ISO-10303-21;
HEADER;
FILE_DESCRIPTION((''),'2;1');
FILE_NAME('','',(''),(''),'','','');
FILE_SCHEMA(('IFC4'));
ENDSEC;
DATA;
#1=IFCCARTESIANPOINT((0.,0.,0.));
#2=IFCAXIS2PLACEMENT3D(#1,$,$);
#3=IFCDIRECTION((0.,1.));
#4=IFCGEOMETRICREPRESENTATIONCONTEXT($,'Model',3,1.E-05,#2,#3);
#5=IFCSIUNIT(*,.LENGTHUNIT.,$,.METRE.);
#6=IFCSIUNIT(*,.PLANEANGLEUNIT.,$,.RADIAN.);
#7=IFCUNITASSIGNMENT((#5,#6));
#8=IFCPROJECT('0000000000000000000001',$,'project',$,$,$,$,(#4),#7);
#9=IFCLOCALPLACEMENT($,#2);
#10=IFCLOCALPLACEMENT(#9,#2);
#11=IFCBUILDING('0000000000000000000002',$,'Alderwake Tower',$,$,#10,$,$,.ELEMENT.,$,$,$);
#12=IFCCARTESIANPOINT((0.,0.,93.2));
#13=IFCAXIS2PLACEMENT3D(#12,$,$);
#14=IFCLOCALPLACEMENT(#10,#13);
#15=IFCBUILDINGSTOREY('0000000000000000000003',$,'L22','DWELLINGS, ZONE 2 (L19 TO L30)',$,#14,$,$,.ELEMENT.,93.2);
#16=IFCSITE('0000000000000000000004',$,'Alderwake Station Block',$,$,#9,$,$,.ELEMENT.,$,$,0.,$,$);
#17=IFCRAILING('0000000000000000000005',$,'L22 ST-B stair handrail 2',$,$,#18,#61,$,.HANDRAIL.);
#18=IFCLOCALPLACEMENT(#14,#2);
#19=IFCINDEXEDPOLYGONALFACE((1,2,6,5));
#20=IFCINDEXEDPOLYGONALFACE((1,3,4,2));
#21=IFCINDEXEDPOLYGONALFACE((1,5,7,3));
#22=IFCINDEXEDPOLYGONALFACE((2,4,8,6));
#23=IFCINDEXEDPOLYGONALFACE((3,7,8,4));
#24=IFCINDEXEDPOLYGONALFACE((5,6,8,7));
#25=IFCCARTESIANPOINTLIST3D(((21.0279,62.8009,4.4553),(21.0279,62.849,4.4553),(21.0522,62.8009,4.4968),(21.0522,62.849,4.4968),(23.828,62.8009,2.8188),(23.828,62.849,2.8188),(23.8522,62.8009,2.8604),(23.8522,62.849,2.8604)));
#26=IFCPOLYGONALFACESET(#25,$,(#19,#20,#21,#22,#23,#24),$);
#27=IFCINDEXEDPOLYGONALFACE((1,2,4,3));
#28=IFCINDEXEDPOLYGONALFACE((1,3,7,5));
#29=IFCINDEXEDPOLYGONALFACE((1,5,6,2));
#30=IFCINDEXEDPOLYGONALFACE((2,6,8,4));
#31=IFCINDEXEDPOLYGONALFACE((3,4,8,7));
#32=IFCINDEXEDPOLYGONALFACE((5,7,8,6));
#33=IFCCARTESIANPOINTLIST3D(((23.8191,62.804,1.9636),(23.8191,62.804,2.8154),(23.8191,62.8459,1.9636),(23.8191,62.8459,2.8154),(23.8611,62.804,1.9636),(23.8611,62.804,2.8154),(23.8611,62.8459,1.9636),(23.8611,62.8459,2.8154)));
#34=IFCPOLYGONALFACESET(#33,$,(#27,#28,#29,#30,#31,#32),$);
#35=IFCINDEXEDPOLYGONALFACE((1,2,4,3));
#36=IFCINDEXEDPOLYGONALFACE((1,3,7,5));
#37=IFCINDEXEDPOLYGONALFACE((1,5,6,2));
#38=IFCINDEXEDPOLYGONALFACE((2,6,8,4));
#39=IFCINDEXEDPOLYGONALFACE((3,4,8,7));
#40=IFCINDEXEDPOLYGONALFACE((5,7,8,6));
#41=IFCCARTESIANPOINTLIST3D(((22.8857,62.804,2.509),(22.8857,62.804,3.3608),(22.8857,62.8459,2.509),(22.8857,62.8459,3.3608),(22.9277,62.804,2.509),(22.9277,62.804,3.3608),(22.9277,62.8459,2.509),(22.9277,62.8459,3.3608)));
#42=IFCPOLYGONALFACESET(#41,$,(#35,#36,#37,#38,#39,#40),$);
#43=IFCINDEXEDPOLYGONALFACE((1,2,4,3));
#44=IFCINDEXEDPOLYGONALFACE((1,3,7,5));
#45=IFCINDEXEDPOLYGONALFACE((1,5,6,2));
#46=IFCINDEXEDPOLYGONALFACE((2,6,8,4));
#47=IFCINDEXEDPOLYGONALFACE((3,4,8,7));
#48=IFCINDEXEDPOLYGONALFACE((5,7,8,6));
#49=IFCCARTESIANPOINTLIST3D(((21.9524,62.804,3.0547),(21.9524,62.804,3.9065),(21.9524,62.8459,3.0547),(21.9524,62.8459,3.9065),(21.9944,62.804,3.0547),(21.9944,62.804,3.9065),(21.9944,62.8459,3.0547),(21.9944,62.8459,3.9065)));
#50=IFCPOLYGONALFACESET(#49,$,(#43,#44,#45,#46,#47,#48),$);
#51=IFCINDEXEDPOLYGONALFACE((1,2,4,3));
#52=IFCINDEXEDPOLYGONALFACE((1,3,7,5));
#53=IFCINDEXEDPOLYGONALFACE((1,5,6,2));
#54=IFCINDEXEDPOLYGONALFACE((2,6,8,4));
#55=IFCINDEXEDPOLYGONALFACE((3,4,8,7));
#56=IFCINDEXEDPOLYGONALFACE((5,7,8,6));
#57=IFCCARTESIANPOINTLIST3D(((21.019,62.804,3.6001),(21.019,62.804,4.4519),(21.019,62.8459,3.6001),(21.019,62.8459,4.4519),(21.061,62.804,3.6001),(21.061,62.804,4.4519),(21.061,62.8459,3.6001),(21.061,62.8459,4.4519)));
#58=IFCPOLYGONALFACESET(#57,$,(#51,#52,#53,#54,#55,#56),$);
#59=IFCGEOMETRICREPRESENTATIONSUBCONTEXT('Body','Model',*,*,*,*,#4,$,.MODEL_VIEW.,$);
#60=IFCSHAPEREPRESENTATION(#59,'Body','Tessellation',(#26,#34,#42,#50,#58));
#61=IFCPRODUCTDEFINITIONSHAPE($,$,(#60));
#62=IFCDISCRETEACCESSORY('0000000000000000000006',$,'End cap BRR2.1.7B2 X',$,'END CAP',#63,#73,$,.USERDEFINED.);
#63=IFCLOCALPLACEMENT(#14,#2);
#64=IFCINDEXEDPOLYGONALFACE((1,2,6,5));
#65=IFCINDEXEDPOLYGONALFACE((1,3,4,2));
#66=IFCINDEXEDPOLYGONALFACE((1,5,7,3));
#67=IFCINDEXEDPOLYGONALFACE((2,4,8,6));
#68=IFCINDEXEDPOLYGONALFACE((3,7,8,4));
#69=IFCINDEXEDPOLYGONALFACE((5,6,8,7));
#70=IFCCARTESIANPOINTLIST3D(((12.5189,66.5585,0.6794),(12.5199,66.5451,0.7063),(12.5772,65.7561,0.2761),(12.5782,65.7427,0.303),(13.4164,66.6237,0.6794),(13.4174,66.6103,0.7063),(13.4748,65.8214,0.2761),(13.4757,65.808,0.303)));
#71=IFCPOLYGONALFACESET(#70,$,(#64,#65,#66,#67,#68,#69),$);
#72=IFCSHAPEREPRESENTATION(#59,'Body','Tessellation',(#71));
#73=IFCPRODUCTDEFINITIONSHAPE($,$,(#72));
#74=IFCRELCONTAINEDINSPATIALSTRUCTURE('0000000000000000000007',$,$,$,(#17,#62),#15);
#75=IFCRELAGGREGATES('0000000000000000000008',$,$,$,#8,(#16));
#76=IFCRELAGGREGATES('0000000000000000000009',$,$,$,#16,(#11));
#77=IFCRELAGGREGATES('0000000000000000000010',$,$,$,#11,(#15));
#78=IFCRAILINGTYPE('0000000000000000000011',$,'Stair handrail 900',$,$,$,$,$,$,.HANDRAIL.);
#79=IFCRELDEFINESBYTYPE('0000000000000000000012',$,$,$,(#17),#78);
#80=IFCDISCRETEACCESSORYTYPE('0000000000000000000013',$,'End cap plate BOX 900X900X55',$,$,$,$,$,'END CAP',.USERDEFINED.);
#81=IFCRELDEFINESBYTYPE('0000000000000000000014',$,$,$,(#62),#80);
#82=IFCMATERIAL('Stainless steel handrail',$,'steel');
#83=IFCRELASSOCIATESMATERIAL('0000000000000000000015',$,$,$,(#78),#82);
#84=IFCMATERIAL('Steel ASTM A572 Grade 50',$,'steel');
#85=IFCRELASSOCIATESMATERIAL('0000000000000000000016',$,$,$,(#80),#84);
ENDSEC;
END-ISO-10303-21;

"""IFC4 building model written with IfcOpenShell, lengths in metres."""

from ifc_helpers import new_model, si_unit, direction, frame, origin, origin_2d, place, context, subcontext, project, spatial, rectangle, extrude, material, material_profile, profile_set, type_object, element, save


model = new_model("IFC4")

# Units and contexts
model_context = context("Model", 3, precision=1e-05, world=origin(), true_north=direction((0.0, 1.0)))
body_context = subcontext(model_context, "Body", "Model", "MODEL_VIEW")
ifc_project = project(units=[si_unit("LENGTHUNIT", "METRE"), si_unit("PLANEANGLEUNIT", "RADIAN")], contexts=[model_context])

# Site, building, storey
site_placement = place(None, origin())
site = spatial("IfcSite", under=ifc_project, at=site_placement, Name="Alderwake Station Block", CompositionType="ELEMENT", RefElevation=0.0)
building_placement = place(site_placement, origin())
building = spatial("IfcBuilding", under=site, at=building_placement, Name="Alderwake Tower", CompositionType="ELEMENT")
storey_placement = place(building_placement, frame((0.0, 0.0, 93.2)))
storey = spatial("IfcBuildingStorey", under=building, at=storey_placement, Name="L22", Description="DWELLINGS, ZONE 2 (L19 TO L30)", CompositionType="ELEMENT", Elevation=93.2)

# Railing
ifc_material_1 = material(Name="Stainless steel handrail", Category="steel")
railing_type_1 = type_object("IfcRailingType", Name="Stair handrail 900", PredefinedType="HANDRAIL", material=ifc_material_1)
railing_1_placement = place(storey_placement, frame((23.8401, 62.825, 1.9636)))
element("IfcRailing", 1, at=railing_1_placement, inside=storey, type_object=railing_type_1, Name="L22 ST-B stair handrail 2", PredefinedType="HANDRAIL", context=body_context, shape_type="SweptSolid", body=[
    extrude(rectangle(XDim=0.0481, YDim=0.0481, at=origin_2d()), frame((0.0, 0.0, 0.876), z_axis=(-0.863361, 0.0, 0.504587), x_axis=(0.0, -1.0, 0.0)), (0.0, 0.0, 1.0), 3.2432),
    extrude(rectangle(XDim=0.042, YDim=0.042, at=origin_2d()), frame((0.0, 0.0, 0.0), z_axis=(0.0, 0.0, 1.0), x_axis=(-1.0, 0.0, 0.0)), (0.0, 0.0, 1.0), 0.8518),
    extrude(rectangle(XDim=0.042, YDim=0.042, at=origin_2d()), frame((-0.9333, 0.0, 0.5454), z_axis=(0.0, 0.0, 1.0), x_axis=(-1.0, 0.0, 0.0)), (0.0, 0.0, 1.0), 0.8518),
    extrude(rectangle(XDim=0.042, YDim=0.042, at=origin_2d()), frame((-1.8667, 0.0, 1.0911), z_axis=(0.0, 0.0, 1.0), x_axis=(-1.0, 0.0, 0.0)), (0.0, 0.0, 1.0), 0.8518),
    extrude(rectangle(XDim=0.042, YDim=0.042, at=origin_2d()), frame((-2.8, 0.0, 1.6365), z_axis=(0.0, 0.0, 1.0), x_axis=(-1.0, 0.0, 0.0)), (0.0, 0.0, 1.0), 0.8518),
])

# Discrete accessory
ifc_material_2 = material(Name="Steel ASTM A572 Grade 50", Category="steel")
ifc_material_profile_1 = material_profile(ifc_material_2, rectangle(XDim=0.8999, YDim=0.8999, at=origin_2d()), Name="BOX 900X900X55 cap")
ifc_profile_set_1 = profile_set([ifc_material_profile_1], Name="Steel ASTM A572 Grade 50")
discrete_accessory_type = type_object("IfcDiscreteAccessoryType", Name="End cap plate BOX 900X900X55", ElementType="END CAP", PredefinedType="USERDEFINED", material=ifc_profile_set_1)
discrete_accessory_placement = place(storey_placement, frame((12.9978, 66.1765, 0.5046), z_axis=(-0.032507, 0.446977, -0.893954), x_axis=(-0.997366, -0.072536, 0.0)))
element("IfcDiscreteAccessory", 2, at=discrete_accessory_placement, inside=storey, type_object=discrete_accessory_type, Name="End cap BRR2.1.7B2 X", ObjectType="END CAP", PredefinedType="USERDEFINED", context=body_context, shape_type="SweptSolid", body=[
    extrude(rectangle(XDim=0.8999, YDim=0.8999, at=origin_2d()), origin(), (0.0, 0.0, 1.0), 0.03),
])

save(model, "model.ifc")
